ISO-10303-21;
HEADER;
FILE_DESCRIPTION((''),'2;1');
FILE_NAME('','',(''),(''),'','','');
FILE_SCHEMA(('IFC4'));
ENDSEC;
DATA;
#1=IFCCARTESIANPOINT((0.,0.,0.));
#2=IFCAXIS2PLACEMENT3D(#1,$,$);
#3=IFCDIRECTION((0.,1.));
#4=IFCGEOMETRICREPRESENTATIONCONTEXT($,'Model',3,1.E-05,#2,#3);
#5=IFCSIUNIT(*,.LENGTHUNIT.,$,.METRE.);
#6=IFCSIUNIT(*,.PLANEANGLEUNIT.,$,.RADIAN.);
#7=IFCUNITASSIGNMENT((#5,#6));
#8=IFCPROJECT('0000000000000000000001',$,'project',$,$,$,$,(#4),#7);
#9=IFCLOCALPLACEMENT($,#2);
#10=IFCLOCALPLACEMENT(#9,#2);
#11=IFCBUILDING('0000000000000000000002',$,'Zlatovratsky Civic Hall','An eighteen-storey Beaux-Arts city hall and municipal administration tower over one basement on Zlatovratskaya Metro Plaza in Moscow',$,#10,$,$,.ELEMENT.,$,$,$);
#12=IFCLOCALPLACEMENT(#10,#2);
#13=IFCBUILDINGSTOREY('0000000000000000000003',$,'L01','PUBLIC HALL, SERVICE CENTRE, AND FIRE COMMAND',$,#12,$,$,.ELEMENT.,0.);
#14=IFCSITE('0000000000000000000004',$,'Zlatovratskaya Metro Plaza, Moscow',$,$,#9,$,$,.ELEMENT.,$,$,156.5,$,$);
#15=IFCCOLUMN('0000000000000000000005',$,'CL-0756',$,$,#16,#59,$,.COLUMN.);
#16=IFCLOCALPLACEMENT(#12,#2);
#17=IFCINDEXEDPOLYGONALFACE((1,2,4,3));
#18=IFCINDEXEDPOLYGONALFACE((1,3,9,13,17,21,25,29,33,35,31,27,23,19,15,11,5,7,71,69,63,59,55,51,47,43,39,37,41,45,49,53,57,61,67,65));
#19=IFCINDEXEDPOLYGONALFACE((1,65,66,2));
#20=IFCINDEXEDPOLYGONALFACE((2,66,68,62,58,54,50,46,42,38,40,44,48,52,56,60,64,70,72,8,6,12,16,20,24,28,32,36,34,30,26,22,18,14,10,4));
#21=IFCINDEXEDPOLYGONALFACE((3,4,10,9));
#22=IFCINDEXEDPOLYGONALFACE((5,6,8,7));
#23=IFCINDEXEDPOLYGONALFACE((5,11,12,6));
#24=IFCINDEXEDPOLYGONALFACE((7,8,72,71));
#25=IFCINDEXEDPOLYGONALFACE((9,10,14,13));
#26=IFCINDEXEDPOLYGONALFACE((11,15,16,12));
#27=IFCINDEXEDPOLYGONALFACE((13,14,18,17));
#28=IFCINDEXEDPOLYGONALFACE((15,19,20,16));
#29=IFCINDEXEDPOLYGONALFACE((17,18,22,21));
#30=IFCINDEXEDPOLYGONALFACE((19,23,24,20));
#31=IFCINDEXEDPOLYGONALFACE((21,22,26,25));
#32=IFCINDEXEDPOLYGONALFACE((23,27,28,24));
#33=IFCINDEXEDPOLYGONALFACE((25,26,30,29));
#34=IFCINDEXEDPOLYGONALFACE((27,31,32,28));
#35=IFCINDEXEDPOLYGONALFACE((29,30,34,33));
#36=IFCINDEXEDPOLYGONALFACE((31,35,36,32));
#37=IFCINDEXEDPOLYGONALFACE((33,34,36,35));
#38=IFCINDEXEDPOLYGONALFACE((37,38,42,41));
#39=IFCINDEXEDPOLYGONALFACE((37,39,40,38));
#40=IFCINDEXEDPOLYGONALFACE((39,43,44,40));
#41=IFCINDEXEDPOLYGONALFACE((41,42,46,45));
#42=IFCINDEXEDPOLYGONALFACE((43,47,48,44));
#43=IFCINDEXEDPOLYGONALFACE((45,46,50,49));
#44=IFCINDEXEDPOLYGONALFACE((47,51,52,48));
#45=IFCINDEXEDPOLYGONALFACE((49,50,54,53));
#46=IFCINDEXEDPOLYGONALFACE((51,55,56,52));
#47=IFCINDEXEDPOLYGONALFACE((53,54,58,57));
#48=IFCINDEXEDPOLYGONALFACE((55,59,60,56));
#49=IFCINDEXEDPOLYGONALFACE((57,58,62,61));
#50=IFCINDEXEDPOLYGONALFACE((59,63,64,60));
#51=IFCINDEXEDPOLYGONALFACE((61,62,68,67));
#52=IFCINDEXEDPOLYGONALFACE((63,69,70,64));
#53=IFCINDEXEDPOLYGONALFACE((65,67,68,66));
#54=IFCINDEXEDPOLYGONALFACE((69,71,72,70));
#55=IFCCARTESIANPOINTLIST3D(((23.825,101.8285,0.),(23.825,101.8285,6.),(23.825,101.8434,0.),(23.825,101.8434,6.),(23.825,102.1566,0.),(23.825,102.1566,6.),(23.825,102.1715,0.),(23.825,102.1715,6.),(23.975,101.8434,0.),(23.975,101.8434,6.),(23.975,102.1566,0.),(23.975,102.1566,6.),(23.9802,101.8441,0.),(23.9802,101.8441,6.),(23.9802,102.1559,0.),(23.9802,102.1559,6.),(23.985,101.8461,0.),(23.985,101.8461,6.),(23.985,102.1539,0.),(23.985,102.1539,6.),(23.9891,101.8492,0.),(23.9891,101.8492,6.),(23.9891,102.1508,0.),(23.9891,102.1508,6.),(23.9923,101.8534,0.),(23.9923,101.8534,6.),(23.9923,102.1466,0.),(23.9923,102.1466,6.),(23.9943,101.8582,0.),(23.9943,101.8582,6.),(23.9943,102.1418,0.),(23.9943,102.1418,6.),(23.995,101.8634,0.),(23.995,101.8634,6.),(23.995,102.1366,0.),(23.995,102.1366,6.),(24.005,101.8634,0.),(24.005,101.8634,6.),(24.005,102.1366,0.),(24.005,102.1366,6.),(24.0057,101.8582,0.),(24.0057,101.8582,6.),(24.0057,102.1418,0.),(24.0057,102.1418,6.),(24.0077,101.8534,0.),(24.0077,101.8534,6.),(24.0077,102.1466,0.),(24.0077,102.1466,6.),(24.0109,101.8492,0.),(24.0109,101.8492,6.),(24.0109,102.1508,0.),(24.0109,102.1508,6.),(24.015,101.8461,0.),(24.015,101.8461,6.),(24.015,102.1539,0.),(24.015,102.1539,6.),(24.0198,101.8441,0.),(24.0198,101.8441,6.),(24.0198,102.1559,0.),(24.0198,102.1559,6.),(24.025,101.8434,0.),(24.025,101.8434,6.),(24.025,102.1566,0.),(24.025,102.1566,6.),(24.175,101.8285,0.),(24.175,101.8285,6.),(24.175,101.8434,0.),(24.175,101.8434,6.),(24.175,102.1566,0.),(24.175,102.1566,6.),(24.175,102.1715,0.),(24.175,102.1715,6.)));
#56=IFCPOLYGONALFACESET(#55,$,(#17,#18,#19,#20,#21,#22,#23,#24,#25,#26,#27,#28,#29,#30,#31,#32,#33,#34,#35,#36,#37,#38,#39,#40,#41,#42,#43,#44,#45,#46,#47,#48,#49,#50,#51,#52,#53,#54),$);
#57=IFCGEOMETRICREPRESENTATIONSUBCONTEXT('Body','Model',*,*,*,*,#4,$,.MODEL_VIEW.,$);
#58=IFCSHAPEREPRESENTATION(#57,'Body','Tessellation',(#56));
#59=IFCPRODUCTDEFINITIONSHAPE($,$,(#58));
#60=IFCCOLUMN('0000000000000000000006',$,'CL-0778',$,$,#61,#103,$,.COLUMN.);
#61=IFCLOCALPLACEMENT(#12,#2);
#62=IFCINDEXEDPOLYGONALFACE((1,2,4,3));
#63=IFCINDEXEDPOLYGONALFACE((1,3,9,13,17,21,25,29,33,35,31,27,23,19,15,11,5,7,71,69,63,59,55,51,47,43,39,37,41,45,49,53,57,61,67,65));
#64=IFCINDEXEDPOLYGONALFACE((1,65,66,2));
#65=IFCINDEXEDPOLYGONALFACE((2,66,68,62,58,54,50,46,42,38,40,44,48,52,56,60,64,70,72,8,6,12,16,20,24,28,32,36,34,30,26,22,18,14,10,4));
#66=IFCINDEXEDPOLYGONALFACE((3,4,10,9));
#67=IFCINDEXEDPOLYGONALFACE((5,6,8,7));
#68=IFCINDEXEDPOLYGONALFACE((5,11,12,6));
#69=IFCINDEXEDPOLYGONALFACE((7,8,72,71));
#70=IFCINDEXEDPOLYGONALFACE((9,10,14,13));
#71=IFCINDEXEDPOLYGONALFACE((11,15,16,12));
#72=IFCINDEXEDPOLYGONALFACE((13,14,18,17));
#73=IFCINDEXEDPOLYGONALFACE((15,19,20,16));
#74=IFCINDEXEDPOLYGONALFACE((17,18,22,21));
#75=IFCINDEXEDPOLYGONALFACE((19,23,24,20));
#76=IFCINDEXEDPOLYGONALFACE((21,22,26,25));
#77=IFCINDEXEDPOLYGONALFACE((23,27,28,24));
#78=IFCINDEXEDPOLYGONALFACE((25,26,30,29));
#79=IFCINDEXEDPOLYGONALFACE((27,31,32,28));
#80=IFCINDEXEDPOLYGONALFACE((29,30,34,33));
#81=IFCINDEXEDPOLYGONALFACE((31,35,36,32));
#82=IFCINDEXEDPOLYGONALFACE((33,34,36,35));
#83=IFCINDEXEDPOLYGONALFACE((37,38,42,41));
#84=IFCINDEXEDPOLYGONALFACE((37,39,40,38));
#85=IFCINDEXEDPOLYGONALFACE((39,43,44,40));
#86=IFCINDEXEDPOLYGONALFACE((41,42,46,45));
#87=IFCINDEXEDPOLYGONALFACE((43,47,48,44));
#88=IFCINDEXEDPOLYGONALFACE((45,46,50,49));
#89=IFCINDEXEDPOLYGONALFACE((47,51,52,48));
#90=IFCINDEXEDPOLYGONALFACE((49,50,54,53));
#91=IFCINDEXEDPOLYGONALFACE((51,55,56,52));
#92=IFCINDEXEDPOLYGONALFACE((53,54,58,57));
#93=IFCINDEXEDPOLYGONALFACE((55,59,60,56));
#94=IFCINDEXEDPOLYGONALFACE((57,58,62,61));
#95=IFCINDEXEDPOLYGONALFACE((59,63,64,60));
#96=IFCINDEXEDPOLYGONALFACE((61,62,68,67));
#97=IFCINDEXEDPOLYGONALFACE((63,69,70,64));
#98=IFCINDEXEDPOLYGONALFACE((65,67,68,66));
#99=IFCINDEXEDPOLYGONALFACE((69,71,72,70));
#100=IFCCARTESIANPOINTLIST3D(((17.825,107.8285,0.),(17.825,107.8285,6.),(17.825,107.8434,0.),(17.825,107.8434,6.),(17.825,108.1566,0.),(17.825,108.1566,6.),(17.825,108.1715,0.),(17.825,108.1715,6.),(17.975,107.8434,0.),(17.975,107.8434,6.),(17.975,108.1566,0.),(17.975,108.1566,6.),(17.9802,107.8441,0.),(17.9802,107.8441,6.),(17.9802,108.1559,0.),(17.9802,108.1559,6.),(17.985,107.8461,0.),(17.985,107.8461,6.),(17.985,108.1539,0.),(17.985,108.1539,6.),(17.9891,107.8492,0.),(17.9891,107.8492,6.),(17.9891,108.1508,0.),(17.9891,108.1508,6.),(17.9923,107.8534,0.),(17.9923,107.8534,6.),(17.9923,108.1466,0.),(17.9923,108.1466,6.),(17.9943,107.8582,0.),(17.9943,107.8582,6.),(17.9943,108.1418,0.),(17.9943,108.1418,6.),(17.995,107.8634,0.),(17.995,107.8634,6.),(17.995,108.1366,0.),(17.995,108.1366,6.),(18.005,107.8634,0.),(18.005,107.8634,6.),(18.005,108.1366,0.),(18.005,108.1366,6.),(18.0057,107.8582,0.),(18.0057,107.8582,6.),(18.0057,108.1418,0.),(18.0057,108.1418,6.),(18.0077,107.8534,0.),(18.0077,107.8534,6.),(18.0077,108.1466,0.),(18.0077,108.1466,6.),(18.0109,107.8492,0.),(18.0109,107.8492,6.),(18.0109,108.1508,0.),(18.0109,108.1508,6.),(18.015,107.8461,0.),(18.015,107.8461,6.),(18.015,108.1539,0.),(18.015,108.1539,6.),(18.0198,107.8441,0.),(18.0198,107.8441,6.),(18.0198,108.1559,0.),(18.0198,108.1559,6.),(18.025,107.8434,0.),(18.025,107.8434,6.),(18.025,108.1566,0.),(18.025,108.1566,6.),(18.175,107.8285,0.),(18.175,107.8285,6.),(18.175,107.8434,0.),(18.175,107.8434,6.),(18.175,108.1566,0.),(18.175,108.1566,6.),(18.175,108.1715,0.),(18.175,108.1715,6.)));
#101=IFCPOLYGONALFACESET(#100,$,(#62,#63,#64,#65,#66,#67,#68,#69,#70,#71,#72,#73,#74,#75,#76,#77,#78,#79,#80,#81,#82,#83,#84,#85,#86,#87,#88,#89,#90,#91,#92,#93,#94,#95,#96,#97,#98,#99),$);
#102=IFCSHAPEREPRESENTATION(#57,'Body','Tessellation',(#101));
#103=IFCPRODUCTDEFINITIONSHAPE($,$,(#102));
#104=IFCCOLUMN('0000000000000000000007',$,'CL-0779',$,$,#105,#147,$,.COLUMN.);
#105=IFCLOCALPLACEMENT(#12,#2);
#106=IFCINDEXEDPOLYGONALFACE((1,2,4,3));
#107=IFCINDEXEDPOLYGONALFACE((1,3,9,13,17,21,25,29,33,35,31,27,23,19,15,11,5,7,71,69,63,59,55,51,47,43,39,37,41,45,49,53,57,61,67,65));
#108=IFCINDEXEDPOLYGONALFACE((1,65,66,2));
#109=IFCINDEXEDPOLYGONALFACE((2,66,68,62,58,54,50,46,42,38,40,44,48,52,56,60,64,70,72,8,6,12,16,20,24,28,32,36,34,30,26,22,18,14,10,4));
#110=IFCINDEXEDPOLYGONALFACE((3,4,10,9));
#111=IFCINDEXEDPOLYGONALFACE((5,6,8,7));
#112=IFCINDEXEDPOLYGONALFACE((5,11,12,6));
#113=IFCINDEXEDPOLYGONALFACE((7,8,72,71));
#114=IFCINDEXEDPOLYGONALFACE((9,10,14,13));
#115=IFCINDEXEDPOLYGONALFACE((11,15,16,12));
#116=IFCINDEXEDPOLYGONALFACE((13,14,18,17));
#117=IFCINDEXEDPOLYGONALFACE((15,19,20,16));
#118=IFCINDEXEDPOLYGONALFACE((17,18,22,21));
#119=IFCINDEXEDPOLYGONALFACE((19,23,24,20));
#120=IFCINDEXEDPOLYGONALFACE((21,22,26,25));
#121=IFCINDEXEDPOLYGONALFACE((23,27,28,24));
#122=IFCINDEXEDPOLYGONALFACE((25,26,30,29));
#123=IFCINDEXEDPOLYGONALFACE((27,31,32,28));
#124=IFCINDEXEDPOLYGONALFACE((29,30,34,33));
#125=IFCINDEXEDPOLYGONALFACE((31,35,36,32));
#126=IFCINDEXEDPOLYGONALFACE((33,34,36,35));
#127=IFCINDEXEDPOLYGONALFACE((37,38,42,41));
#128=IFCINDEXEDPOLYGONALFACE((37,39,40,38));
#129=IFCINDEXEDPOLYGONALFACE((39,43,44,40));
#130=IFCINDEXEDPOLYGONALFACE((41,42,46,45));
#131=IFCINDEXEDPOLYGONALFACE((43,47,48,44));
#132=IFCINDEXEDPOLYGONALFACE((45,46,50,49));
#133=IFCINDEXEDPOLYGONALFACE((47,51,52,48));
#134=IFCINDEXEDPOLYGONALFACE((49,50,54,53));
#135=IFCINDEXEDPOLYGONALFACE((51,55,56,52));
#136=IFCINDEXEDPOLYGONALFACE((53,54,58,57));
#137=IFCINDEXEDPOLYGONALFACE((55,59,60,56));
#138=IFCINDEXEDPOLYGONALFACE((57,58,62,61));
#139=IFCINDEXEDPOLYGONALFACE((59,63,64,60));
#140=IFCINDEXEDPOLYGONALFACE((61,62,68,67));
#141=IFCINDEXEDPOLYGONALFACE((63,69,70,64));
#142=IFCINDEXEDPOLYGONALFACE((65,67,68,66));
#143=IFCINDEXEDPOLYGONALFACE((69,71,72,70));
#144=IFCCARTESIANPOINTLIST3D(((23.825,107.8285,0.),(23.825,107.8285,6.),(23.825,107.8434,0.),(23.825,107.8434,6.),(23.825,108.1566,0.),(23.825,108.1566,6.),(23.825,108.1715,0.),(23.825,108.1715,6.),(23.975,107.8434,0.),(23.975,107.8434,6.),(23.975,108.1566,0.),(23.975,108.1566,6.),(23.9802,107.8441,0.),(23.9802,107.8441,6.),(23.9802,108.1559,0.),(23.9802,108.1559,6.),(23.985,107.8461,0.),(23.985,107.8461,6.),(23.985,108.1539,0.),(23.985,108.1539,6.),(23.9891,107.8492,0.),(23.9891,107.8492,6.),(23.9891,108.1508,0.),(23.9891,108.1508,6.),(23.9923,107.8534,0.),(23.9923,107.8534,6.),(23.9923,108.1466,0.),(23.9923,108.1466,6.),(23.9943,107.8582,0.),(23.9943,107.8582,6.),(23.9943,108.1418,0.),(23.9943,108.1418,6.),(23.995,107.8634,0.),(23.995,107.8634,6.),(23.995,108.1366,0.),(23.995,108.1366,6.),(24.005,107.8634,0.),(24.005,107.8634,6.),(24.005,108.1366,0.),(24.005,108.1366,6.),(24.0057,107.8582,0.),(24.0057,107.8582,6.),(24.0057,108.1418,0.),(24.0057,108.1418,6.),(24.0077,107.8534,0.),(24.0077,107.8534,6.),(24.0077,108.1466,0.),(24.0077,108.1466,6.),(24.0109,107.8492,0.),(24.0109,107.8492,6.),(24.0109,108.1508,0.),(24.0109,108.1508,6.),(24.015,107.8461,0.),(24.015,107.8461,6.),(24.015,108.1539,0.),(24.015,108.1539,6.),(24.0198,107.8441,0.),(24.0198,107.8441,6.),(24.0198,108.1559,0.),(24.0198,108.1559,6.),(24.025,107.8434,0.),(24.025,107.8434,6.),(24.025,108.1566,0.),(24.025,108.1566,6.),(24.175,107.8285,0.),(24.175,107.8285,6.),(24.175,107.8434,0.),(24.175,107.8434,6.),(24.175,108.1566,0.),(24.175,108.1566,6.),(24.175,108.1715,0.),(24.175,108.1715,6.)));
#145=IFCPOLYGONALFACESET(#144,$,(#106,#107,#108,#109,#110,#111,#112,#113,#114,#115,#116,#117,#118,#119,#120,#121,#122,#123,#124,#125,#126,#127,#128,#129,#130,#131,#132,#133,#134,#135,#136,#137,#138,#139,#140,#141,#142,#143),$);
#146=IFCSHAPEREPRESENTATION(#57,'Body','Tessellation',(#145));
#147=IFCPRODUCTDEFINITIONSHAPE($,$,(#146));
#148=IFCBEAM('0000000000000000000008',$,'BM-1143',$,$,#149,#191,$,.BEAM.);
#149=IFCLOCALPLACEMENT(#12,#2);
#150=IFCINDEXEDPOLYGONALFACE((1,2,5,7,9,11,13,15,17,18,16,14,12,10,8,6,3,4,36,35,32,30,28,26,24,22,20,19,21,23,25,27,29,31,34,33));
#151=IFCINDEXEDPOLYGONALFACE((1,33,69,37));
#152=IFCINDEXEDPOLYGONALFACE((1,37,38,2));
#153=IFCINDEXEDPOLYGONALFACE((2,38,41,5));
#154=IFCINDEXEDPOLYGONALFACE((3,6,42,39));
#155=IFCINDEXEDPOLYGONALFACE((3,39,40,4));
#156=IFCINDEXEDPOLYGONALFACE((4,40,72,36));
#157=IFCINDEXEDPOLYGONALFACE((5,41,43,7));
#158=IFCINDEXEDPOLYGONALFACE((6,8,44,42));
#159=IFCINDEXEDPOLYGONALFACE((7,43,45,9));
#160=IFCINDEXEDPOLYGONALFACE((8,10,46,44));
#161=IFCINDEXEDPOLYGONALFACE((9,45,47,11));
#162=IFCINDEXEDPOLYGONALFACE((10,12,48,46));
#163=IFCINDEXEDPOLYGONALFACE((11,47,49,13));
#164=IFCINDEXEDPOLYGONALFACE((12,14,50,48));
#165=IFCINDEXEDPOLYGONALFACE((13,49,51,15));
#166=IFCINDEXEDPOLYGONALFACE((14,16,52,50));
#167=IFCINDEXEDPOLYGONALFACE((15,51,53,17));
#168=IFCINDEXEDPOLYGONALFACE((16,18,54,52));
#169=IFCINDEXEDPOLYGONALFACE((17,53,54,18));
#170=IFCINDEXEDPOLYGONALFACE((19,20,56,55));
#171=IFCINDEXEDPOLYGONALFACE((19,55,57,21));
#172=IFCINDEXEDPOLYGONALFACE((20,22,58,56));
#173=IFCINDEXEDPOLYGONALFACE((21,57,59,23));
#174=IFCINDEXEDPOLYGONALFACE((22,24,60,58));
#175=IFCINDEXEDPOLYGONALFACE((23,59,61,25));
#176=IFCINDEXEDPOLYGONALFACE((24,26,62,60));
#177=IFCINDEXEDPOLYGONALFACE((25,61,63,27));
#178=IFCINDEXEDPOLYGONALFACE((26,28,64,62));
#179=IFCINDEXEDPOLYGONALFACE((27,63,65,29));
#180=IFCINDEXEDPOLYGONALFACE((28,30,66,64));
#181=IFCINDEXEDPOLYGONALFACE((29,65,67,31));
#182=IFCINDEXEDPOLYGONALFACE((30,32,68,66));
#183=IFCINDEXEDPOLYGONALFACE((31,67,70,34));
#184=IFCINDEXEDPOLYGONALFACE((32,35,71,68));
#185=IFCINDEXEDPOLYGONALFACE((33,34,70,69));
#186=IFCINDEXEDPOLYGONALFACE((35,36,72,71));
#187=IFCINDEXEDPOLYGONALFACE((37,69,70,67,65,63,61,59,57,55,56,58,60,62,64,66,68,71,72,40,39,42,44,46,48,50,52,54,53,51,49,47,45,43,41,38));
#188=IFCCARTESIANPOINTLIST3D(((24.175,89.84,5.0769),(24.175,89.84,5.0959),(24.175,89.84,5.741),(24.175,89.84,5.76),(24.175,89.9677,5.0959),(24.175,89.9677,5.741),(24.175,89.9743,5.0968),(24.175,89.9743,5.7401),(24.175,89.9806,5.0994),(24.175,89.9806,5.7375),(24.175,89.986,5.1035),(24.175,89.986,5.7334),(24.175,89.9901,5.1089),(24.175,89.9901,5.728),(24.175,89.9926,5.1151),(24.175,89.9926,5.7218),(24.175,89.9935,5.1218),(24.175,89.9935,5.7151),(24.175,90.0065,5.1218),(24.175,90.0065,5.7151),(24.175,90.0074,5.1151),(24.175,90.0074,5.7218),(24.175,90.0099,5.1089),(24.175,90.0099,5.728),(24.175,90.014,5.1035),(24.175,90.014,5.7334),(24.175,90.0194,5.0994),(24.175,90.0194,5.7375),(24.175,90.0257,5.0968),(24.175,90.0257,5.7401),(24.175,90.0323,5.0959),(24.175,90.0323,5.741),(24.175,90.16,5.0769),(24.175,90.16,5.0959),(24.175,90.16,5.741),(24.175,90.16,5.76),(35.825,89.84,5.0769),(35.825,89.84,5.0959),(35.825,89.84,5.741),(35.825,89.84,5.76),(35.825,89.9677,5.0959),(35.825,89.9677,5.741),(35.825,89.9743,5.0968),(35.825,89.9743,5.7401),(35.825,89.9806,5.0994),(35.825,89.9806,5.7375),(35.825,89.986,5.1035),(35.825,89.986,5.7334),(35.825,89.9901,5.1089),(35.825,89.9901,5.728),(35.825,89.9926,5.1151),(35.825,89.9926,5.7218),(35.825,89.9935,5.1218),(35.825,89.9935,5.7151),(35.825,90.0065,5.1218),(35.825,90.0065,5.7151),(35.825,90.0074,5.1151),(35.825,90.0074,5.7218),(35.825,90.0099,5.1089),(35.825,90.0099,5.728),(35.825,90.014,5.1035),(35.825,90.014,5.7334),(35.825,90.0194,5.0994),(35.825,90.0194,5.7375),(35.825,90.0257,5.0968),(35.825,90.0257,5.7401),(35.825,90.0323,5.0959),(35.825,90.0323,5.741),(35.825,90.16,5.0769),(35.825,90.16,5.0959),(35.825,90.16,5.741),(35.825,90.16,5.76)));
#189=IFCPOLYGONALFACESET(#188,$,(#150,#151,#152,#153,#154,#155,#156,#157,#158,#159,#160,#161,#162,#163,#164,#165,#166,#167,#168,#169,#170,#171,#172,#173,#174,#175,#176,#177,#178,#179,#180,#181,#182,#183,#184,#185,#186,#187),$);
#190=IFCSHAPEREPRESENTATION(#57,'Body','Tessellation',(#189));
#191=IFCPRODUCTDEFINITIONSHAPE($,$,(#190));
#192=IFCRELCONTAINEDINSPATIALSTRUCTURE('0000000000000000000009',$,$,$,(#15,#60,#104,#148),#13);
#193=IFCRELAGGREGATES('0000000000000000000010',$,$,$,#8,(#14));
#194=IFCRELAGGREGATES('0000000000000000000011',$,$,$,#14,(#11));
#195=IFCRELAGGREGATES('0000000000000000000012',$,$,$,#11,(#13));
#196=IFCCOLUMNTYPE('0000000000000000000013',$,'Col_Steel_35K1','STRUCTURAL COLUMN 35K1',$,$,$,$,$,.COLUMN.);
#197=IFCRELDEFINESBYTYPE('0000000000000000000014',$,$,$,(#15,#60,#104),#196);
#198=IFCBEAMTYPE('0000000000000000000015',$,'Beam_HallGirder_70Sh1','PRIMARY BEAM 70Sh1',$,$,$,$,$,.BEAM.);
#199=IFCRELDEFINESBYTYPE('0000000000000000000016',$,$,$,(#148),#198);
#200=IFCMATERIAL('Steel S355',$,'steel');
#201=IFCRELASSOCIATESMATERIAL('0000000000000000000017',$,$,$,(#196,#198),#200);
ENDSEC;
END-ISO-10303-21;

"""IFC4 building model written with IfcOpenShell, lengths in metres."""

from ifc_helpers import new_model, si_unit, direction, frame, origin, origin_2d, place, context, subcontext, project, spatial, i_section, extrude, material, material_profile, profile_set, type_object, element, save


model = new_model("IFC4")

# Units and contexts
model_context = context("Model", 3, precision=1e-05, world=origin(), true_north=direction((0.0, 1.0)))
body_context = subcontext(model_context, "Body", "Model", "MODEL_VIEW")
ifc_project = project(units=[si_unit("LENGTHUNIT", "METRE"), si_unit("PLANEANGLEUNIT", "RADIAN")], contexts=[model_context])

# Site, building, storey
site_placement = place(None, origin())
site = spatial("IfcSite", under=ifc_project, at=site_placement, Name="Zlatovratskaya Metro Plaza, Moscow", CompositionType="ELEMENT", RefElevation=156.5)
building_placement = place(site_placement, origin())
building = spatial("IfcBuilding", under=site, at=building_placement, Name="Zlatovratsky Civic Hall", Description="An eighteen-storey Beaux-Arts city hall and municipal administration tower over one basement on Zlatovratskaya Metro Plaza in Moscow", CompositionType="ELEMENT")
storey_placement = place(building_placement, origin())
storey = spatial("IfcBuildingStorey", under=building, at=storey_placement, Name="L01", Description="PUBLIC HALL, SERVICE CENTRE, AND FIRE COMMAND", CompositionType="ELEMENT", Elevation=0.0)

# Columns
ifc_material_1 = material(Name="Steel S355", Category="steel")
ifc_material_profile_1 = material_profile(ifc_material_1, i_section(OverallWidth=0.3501, OverallDepth=0.343, WebThickness=0.01, FlangeThickness=0.0149, FilletRadius=0.02, at=origin_2d()), Name="35K1")
ifc_profile_set_1 = profile_set([ifc_material_profile_1], Name="Steel S355")
column_type_1 = type_object("IfcColumnType", Name="Col_Steel_35K1", Description="STRUCTURAL COLUMN 35K1", PredefinedType="COLUMN", material=ifc_profile_set_1)
for number, where, z_axis, x_axis, name in (
    (1, (24.0, 102.0, 0.0), (0.0, 0.0, 1.0), (1.0, 0.0, 0.0), "CL-0756"),
    (2, (18.0, 108.0, 0.0), (0.0, 0.0, 1.0), (1.0, 0.0, 0.0), "CL-0778"),
    (3, (24.0, 108.0, 0.0), (0.0, 0.0, 1.0), (1.0, 0.0, 0.0), "CL-0779"),
):
    element("IfcColumn", number, at=place(storey_placement, frame(where, z_axis=z_axis, x_axis=x_axis)), inside=storey, type_object=column_type_1, Name=name, PredefinedType="COLUMN", context=body_context, shape_type="SweptSolid", body=[
        extrude(i_section(OverallWidth=0.3501, OverallDepth=0.343, WebThickness=0.01, FlangeThickness=0.0149, FilletRadius=0.02, at=origin_2d()), origin(), (0.0, 0.0, 1.0), 6.0),
    ])

# Beam
ifc_material_profile_2 = material_profile(ifc_material_1, i_section(OverallWidth=0.3201, OverallDepth=0.6831, WebThickness=0.0129, FlangeThickness=0.019, FilletRadius=0.0259, at=origin_2d()), Name="70Sh1")
ifc_profile_set_2 = profile_set([ifc_material_profile_2], Name="Steel S355")
beam_type_1 = type_object("IfcBeamType", Name="Beam_HallGirder_70Sh1", Description="PRIMARY BEAM 70Sh1", PredefinedType="BEAM", material=ifc_profile_set_2)
for number, where, z_axis, x_axis, name in (
    (4, (24.175, 90.0, 5.4185), (1.0, 0.0, 0.0), (0.0, 1.0, 0.0), "BM-1143"),
):
    element("IfcBeam", number, at=place(storey_placement, frame(where, z_axis=z_axis, x_axis=x_axis)), inside=storey, type_object=beam_type_1, Name=name, PredefinedType="BEAM", context=body_context, shape_type="SweptSolid", body=[
        extrude(i_section(OverallWidth=0.3201, OverallDepth=0.6831, WebThickness=0.0129, FlangeThickness=0.019, FilletRadius=0.0259, at=origin_2d()), origin(), (0.0, 0.0, 1.0), 11.6499),
    ])

save(model, "model.ifc")
